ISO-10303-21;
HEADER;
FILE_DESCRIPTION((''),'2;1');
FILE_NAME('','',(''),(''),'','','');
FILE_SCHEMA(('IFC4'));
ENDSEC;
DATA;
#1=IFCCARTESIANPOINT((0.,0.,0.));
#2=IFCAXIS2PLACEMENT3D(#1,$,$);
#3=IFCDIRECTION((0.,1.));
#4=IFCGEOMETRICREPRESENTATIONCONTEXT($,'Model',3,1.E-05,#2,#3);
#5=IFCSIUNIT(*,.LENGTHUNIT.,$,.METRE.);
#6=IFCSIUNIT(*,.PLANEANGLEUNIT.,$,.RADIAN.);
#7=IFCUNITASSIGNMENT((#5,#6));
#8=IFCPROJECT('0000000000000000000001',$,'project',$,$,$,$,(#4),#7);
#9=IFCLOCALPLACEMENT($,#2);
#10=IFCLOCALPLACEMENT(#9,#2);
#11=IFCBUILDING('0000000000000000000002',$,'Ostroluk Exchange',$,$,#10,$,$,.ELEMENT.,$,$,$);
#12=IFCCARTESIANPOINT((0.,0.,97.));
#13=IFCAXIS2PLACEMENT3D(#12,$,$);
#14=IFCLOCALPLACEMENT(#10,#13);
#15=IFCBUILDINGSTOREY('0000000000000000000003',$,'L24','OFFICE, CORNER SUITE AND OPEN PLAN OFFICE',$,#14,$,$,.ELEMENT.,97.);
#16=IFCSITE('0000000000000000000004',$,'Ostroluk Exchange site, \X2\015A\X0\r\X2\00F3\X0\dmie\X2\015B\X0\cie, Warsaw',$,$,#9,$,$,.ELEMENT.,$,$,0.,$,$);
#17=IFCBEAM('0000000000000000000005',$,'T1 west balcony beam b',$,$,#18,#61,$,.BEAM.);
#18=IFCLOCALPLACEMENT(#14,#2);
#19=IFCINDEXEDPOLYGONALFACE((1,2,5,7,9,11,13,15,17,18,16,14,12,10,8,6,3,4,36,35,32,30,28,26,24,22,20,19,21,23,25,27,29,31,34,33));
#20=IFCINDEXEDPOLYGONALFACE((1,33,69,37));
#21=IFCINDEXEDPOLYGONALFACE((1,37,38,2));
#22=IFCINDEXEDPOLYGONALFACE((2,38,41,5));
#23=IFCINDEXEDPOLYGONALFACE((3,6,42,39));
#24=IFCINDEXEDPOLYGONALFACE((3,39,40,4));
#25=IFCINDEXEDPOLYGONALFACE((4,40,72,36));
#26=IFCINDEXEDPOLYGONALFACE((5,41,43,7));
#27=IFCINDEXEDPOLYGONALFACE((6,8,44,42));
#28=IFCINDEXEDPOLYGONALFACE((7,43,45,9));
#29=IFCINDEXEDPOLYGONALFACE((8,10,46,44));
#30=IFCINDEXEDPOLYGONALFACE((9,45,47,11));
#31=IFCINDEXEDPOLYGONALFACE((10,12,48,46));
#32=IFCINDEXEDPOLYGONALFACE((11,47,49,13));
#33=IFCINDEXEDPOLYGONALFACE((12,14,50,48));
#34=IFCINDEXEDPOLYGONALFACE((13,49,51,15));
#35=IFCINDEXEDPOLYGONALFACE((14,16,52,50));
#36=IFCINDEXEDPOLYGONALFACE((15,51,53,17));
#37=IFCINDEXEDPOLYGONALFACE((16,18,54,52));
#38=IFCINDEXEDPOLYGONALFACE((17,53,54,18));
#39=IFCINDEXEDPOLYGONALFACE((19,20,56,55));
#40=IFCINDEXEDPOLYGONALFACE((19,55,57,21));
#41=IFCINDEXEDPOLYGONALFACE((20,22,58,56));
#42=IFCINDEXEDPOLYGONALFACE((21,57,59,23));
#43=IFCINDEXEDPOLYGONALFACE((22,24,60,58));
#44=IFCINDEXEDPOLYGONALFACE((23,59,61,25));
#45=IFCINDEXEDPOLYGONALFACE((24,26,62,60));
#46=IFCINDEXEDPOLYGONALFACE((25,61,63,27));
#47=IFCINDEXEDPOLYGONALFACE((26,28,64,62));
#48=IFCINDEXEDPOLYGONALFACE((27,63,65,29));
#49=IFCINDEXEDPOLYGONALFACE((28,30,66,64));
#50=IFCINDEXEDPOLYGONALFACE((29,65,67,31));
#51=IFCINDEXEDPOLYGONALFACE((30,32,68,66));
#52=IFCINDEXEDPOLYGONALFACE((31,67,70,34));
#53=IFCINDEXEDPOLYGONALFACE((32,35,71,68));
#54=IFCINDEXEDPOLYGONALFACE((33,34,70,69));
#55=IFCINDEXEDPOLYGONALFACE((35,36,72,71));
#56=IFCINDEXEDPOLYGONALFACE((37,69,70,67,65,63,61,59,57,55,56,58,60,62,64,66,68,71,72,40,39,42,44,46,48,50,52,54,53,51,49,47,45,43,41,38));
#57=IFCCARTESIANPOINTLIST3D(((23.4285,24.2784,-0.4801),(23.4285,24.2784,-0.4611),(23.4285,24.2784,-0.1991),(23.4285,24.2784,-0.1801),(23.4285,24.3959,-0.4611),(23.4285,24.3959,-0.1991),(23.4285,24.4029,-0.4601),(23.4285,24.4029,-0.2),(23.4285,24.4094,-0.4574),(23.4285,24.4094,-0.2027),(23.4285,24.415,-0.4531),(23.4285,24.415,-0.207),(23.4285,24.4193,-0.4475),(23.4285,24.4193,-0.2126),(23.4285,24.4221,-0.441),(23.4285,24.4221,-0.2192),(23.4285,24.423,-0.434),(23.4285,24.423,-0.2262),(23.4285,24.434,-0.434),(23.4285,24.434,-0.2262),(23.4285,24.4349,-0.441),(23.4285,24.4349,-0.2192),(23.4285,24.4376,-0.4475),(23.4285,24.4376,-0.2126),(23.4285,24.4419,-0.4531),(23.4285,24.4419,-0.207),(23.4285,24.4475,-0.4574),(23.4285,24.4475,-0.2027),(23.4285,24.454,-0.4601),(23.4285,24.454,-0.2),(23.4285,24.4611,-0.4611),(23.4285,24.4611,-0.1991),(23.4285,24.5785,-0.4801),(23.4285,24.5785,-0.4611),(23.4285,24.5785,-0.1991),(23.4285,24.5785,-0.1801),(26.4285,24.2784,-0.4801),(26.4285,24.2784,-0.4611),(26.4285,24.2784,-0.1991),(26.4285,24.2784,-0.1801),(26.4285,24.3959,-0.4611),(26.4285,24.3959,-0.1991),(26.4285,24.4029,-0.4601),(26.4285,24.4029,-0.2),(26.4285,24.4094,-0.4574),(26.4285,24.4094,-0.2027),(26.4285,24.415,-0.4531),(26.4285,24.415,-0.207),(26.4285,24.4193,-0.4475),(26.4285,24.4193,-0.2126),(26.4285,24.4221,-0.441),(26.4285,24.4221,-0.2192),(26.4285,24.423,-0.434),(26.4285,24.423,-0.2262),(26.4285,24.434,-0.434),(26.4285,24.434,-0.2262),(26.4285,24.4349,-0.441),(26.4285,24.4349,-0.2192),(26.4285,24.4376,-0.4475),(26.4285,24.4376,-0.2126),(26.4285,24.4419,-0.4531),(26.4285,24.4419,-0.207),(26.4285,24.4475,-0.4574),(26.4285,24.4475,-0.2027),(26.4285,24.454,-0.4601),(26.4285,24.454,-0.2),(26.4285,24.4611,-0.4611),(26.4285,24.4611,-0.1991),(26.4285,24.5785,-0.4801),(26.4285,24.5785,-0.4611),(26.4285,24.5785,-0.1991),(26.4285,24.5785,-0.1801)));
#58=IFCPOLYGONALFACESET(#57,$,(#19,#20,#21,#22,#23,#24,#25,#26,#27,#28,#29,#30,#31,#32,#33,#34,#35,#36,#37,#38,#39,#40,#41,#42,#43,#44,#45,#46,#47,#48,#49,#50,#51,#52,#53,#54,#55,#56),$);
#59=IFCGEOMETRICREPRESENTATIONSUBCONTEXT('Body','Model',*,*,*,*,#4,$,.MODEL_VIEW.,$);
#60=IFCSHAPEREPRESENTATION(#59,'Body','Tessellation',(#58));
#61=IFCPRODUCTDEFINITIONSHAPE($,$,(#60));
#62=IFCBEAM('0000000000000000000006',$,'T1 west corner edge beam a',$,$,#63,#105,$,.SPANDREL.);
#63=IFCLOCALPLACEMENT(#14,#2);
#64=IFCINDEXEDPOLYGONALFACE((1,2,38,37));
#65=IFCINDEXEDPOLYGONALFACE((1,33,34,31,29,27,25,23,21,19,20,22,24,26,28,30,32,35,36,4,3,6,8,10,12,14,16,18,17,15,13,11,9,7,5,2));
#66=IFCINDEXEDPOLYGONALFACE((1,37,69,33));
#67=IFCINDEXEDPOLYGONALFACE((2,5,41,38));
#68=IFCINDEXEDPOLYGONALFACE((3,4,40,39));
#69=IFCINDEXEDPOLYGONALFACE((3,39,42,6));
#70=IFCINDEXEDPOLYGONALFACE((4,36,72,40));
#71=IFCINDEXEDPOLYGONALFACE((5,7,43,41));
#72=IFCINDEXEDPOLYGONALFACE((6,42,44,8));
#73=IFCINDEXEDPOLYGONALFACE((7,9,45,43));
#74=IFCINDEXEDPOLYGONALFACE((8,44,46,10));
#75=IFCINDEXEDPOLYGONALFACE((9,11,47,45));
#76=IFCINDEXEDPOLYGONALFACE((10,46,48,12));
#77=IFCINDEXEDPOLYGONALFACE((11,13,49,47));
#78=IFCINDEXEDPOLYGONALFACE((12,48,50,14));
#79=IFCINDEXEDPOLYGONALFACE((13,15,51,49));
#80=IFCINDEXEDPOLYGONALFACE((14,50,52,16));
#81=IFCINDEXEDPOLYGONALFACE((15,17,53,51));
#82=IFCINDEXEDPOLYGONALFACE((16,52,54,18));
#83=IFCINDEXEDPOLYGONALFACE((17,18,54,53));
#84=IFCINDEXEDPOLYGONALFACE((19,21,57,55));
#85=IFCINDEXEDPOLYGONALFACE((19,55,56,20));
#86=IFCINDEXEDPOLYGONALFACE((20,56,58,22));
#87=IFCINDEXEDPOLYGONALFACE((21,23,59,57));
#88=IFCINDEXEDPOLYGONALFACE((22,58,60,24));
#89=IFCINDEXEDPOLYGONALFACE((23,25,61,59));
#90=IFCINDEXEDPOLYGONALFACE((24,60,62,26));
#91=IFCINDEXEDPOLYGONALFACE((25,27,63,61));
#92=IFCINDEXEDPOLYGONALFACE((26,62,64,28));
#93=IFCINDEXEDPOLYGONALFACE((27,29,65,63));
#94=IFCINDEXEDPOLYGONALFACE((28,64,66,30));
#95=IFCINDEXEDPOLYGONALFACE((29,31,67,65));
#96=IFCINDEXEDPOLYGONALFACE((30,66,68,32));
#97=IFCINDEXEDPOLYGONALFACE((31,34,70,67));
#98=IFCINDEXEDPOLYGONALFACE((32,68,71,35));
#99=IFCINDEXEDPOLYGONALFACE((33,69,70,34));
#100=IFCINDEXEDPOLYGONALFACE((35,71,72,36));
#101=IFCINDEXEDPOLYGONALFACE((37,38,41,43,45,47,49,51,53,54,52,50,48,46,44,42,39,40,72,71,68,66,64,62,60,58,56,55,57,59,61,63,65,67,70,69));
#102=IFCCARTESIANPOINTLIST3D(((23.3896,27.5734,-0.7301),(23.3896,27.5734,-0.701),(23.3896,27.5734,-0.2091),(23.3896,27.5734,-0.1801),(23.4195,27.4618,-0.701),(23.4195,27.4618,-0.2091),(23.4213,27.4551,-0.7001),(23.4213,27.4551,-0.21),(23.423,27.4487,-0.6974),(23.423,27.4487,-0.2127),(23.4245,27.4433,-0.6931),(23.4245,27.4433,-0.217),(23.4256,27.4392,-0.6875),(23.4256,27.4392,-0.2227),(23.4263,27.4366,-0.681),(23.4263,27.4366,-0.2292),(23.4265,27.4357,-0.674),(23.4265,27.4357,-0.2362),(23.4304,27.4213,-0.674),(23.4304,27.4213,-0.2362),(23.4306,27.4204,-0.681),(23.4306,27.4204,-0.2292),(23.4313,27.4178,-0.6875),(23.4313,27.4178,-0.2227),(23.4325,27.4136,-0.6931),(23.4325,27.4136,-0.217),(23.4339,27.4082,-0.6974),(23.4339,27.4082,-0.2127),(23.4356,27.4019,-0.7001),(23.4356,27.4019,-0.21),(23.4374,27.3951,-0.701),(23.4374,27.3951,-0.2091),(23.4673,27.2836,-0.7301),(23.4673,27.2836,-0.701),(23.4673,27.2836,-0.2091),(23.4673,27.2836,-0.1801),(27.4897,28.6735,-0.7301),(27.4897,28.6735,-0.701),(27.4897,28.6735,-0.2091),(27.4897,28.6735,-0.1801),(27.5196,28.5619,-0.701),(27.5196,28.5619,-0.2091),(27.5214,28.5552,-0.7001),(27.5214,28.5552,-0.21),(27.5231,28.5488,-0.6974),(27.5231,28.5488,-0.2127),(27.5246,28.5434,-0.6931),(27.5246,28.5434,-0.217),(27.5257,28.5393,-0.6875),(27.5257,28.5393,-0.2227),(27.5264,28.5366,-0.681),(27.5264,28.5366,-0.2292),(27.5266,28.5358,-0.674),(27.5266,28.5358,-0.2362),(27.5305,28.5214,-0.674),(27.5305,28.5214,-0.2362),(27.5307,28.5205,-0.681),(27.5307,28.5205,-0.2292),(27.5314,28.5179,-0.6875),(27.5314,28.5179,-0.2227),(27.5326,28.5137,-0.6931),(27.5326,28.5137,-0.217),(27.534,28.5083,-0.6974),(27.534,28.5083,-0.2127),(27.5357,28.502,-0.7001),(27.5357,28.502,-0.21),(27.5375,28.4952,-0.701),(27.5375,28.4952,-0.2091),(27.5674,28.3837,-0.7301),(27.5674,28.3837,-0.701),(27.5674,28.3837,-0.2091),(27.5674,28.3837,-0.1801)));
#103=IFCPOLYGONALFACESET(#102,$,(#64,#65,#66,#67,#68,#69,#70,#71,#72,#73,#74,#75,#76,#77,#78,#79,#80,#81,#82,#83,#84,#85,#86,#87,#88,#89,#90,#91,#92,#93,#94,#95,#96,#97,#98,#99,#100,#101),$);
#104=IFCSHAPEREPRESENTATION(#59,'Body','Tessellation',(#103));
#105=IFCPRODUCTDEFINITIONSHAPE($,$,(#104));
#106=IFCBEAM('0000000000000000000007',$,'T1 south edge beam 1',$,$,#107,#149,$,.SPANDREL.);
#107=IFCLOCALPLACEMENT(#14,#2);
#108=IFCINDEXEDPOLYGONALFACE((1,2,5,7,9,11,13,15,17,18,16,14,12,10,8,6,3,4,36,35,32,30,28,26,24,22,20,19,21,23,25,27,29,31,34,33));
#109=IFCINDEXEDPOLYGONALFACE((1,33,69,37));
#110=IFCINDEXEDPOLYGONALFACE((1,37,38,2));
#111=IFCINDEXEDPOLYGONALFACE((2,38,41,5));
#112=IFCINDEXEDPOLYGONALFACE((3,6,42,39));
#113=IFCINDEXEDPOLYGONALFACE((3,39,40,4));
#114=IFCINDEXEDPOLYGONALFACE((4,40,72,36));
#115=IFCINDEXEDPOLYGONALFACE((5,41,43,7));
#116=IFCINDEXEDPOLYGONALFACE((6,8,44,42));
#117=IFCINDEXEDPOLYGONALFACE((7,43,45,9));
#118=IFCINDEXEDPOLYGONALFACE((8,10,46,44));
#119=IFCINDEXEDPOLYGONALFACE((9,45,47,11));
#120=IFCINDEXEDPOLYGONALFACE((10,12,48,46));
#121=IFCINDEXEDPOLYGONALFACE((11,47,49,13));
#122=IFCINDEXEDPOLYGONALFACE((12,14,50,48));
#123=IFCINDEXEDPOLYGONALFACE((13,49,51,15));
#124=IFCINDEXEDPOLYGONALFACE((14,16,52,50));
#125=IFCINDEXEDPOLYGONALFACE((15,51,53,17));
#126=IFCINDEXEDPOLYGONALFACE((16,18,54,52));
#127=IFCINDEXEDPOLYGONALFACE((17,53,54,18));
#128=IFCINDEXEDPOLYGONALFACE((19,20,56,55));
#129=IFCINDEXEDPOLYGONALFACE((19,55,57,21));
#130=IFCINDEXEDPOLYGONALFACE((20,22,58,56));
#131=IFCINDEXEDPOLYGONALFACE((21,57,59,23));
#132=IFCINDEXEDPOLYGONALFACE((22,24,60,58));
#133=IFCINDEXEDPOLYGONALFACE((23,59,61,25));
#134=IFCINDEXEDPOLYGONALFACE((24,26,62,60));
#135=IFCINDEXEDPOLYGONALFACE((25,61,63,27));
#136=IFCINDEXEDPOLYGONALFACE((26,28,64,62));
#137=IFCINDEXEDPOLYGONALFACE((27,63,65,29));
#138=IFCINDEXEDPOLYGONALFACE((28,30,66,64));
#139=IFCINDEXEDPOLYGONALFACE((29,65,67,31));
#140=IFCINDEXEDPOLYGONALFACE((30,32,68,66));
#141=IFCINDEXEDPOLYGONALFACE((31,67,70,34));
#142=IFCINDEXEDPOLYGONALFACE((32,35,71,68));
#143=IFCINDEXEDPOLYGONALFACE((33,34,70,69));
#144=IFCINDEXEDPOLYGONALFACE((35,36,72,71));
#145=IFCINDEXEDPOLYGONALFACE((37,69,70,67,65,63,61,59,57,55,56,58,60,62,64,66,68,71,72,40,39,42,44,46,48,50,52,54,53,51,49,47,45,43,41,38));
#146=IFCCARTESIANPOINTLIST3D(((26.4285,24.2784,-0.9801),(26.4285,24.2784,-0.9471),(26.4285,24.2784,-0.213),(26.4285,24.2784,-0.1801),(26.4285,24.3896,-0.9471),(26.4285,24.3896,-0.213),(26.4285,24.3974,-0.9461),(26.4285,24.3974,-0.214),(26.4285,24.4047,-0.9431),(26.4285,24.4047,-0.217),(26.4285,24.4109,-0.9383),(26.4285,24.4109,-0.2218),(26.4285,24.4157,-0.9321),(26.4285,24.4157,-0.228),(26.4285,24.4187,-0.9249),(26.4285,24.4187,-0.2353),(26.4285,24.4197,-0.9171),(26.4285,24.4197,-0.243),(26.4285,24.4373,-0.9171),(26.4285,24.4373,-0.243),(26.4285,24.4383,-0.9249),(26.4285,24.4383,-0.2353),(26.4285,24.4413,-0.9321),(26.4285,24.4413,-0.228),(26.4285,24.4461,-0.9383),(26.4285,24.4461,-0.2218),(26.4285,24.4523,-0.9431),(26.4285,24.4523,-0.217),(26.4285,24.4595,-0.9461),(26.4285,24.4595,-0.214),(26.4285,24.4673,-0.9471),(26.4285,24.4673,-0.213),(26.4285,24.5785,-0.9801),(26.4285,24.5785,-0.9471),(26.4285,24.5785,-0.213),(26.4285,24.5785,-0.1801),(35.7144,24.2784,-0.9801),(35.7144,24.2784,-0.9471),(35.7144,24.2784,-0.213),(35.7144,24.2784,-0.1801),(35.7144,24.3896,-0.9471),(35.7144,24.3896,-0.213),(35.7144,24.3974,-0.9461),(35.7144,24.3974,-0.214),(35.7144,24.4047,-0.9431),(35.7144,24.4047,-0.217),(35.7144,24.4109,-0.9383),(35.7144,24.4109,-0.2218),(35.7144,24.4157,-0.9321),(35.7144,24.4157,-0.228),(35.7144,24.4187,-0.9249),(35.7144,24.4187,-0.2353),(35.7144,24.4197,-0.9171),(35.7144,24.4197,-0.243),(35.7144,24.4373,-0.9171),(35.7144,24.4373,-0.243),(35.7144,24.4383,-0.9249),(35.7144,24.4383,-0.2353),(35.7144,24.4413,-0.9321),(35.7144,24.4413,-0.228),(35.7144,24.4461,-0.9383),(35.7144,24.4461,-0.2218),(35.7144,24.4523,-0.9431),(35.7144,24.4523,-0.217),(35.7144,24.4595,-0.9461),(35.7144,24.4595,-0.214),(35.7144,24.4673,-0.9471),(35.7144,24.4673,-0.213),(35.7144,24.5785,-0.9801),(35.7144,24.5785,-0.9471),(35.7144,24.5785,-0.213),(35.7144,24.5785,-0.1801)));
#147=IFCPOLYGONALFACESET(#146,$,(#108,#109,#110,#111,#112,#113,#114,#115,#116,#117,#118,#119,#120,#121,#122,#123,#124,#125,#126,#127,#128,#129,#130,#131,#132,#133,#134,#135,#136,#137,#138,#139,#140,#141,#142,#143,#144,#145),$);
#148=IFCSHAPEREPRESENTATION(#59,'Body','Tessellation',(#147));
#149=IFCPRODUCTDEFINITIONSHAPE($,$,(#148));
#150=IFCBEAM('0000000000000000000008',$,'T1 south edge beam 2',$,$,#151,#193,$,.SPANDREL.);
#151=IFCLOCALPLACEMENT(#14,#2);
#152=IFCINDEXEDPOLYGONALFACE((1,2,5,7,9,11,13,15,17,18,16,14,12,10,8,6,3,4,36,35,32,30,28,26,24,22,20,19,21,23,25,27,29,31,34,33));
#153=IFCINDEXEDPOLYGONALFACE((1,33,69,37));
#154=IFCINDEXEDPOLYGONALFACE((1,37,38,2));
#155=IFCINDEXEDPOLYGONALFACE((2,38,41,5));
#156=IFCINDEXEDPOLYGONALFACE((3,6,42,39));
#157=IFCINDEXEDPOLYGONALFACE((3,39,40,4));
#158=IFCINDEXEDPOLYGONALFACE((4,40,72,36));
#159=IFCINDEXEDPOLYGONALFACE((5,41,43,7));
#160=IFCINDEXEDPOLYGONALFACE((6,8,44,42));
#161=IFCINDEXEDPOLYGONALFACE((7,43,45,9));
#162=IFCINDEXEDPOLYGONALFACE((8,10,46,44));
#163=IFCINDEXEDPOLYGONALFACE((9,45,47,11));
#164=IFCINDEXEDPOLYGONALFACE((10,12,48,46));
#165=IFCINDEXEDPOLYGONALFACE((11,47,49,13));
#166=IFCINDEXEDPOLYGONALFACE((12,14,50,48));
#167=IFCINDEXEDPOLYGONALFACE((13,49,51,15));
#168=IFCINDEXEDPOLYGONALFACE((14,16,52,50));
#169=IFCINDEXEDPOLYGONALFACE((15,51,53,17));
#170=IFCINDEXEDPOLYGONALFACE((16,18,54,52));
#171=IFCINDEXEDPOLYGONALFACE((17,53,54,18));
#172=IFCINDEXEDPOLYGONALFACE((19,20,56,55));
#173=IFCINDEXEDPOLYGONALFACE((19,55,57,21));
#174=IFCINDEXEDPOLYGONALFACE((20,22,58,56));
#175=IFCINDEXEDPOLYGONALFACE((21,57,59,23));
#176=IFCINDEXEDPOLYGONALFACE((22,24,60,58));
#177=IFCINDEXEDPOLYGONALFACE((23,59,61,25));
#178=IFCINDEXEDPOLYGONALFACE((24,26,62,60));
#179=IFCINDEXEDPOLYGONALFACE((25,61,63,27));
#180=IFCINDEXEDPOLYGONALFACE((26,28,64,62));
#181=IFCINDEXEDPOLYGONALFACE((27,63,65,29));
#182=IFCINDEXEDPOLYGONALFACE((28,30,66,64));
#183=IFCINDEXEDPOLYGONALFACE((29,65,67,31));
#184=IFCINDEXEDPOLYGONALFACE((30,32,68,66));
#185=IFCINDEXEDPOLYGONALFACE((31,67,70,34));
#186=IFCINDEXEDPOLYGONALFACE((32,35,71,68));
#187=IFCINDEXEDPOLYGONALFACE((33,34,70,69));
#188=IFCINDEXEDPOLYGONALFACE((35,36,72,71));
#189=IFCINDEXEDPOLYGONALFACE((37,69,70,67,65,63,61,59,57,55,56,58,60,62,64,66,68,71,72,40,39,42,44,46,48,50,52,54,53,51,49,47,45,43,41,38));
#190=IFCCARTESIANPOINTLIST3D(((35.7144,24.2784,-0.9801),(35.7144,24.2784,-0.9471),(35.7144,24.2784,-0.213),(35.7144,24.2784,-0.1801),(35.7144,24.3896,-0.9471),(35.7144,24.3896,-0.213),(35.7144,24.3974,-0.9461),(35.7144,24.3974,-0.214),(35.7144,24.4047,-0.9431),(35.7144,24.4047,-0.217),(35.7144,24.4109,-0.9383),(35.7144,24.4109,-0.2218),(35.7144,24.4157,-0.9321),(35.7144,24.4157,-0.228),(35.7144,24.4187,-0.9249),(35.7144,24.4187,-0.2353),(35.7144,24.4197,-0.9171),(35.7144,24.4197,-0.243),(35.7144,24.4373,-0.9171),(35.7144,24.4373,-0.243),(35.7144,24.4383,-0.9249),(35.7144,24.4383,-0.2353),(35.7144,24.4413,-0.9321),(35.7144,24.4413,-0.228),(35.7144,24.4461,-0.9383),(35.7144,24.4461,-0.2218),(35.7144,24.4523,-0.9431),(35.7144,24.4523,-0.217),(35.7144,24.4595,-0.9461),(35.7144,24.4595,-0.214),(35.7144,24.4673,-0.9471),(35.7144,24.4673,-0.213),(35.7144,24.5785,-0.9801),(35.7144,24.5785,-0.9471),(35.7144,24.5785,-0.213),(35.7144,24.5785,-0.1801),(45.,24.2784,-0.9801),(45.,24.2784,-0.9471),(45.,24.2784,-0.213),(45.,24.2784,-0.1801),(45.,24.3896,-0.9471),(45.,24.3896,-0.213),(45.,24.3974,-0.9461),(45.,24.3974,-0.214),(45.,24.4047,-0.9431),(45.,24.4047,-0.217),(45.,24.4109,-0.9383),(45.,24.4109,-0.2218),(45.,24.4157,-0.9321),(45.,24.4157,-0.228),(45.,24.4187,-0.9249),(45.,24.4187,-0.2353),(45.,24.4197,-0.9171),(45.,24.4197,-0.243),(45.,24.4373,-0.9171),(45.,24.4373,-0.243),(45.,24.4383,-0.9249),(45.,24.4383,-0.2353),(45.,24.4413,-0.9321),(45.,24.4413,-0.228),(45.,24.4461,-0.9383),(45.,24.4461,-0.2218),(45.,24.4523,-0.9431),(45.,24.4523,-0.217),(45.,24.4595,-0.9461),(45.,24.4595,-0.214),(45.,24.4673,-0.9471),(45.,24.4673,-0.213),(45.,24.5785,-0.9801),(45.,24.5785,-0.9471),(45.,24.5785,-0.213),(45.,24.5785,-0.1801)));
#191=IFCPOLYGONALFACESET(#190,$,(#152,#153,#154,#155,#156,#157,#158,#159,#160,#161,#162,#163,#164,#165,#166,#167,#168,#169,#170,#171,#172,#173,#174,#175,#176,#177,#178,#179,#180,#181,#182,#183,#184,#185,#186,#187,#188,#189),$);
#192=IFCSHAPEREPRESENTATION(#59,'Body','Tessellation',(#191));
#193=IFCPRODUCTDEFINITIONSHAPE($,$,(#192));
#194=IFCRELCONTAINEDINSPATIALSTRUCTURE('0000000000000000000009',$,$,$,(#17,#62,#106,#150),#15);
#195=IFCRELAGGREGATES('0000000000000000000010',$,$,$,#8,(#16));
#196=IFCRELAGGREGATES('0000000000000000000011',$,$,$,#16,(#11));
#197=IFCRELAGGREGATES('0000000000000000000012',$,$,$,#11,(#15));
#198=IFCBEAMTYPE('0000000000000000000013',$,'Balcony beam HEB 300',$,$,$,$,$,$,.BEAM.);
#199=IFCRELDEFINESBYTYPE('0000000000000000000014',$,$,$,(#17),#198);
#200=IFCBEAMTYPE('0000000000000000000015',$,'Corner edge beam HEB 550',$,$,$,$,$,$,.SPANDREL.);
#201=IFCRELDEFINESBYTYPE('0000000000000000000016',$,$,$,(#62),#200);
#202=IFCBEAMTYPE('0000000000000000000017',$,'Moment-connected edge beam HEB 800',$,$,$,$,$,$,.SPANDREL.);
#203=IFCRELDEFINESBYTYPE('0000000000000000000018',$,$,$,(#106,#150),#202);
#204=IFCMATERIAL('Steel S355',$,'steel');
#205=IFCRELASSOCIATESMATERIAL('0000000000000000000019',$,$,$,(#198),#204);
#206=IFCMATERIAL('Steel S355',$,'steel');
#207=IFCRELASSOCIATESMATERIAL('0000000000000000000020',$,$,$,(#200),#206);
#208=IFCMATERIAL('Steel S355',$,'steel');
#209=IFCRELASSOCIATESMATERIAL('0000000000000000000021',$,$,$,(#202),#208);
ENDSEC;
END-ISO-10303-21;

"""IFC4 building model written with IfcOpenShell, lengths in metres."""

from ifc_helpers import new_model, si_unit, direction, frame, origin, origin_2d, place, context, subcontext, project, spatial, i_section, extrude, material, material_profile, profile_set, type_object, element, save


model = new_model("IFC4")

# Units and contexts
model_context = context("Model", 3, precision=1e-05, world=origin(), true_north=direction((0.0, 1.0)))
body_context = subcontext(model_context, "Body", "Model", "MODEL_VIEW")
ifc_project = project(units=[si_unit("LENGTHUNIT", "METRE"), si_unit("PLANEANGLEUNIT", "RADIAN")], contexts=[model_context])

# Site, building, storey
site_placement = place(None, origin())
site = spatial("IfcSite", under=ifc_project, at=site_placement, Name="Ostroluk Exchange site, Śródmieście, Warsaw", CompositionType="ELEMENT", RefElevation=0.0)
building_placement = place(site_placement, origin())
building = spatial("IfcBuilding", under=site, at=building_placement, Name="Ostroluk Exchange", CompositionType="ELEMENT")
storey_placement = place(building_placement, frame((0.0, 0.0, 97.0)))
storey = spatial("IfcBuildingStorey", under=building, at=storey_placement, Name="L24", Description="OFFICE, CORNER SUITE AND OPEN PLAN OFFICE", CompositionType="ELEMENT", Elevation=97.0)

# Beams
ifc_material_1 = material(Name="Steel S355", Category="steel")
ifc_material_profile_1 = material_profile(ifc_material_1, i_section(OverallWidth=0.3, OverallDepth=0.3, WebThickness=0.011, FlangeThickness=0.019, FilletRadius=0.0271, at=origin_2d()), Name="HEB 300")
ifc_profile_set_1 = profile_set([ifc_material_profile_1], Name="Steel S355")
beam_type_1 = type_object("IfcBeamType", Name="Balcony beam HEB 300", PredefinedType="BEAM", material=ifc_profile_set_1)
beam_1_placement = place(storey_placement, frame((26.4285, 24.4285, -0.3301), z_axis=(-1.0, 0.0, 0.0), x_axis=(0.0, -1.0, 0.0)))
element("IfcBeam", 1, at=beam_1_placement, inside=storey, type_object=beam_type_1, Name="T1 west balcony beam b", PredefinedType="BEAM", context=body_context, shape_type="SweptSolid", body=[
    extrude(i_section(OverallWidth=0.3, OverallDepth=0.3, WebThickness=0.011, FlangeThickness=0.019, FilletRadius=0.0271, at=origin_2d()), origin(), (0.0, 0.0, 1.0), 3.0),
])
ifc_material_2 = material(Name="Steel S355", Category="steel")
ifc_material_profile_2 = material_profile(ifc_material_2, i_section(OverallWidth=0.3, OverallDepth=0.55, WebThickness=0.0149, FlangeThickness=0.0291, FilletRadius=0.0271, at=origin_2d()), Name="HEB 550")
ifc_profile_set_2 = profile_set([ifc_material_profile_2], Name="Steel S355")
beam_type_2 = type_object("IfcBeamType", Name="Corner edge beam HEB 550", PredefinedType="SPANDREL", material=ifc_profile_set_2)
beam_2_placement = place(storey_placement, frame((27.5286, 28.5286, -0.4551), z_axis=(-0.965839, -0.259144, 0.0), x_axis=(0.259144, -0.965839, 0.0)))
element("IfcBeam", 2, at=beam_2_placement, inside=storey, type_object=beam_type_2, Name="T1 west corner edge beam a", PredefinedType="SPANDREL", context=body_context, shape_type="SweptSolid", body=[
    extrude(i_section(OverallWidth=0.3, OverallDepth=0.55, WebThickness=0.0149, FlangeThickness=0.0291, FilletRadius=0.0271, at=origin_2d()), origin(), (0.0, 0.0, 1.0), 4.2451),
])
ifc_material_3 = material(Name="Steel S355", Category="steel")
ifc_material_profile_3 = material_profile(ifc_material_3, i_section(OverallWidth=0.3, OverallDepth=0.8, WebThickness=0.0176, FlangeThickness=0.033, FilletRadius=0.03, at=origin_2d()), Name="HEB 800")
ifc_profile_set_3 = profile_set([ifc_material_profile_3], Name="Steel S355")
beam_type_3 = type_object("IfcBeamType", Name="Moment-connected edge beam HEB 800", PredefinedType="SPANDREL", material=ifc_profile_set_3)
beam_3_placement = place(storey_placement, frame((26.4285, 24.4285, -0.5801), z_axis=(1.0, 0.0, 0.0), x_axis=(0.0, 1.0, 0.0)))
element("IfcBeam", 3, at=beam_3_placement, inside=storey, type_object=beam_type_3, Name="T1 south edge beam 1", PredefinedType="SPANDREL", context=body_context, shape_type="SweptSolid", body=[
    extrude(i_section(OverallWidth=0.3, OverallDepth=0.8, WebThickness=0.0176, FlangeThickness=0.033, FilletRadius=0.03, at=origin_2d()), origin(), (0.0, 0.0, 1.0), 9.2859),
])
beam_4_placement = place(storey_placement, frame((35.7144, 24.4285, -0.5801), z_axis=(1.0, 0.0, 0.0), x_axis=(0.0, 1.0, 0.0)))
element("IfcBeam", 4, at=beam_4_placement, inside=storey, type_object=beam_type_3, Name="T1 south edge beam 2", PredefinedType="SPANDREL", context=body_context, shape_type="SweptSolid", body=[
    extrude(i_section(OverallWidth=0.3, OverallDepth=0.8, WebThickness=0.0176, FlangeThickness=0.033, FilletRadius=0.03, at=origin_2d()), origin(), (0.0, 0.0, 1.0), 9.2856),
])

save(model, "model.ifc")
